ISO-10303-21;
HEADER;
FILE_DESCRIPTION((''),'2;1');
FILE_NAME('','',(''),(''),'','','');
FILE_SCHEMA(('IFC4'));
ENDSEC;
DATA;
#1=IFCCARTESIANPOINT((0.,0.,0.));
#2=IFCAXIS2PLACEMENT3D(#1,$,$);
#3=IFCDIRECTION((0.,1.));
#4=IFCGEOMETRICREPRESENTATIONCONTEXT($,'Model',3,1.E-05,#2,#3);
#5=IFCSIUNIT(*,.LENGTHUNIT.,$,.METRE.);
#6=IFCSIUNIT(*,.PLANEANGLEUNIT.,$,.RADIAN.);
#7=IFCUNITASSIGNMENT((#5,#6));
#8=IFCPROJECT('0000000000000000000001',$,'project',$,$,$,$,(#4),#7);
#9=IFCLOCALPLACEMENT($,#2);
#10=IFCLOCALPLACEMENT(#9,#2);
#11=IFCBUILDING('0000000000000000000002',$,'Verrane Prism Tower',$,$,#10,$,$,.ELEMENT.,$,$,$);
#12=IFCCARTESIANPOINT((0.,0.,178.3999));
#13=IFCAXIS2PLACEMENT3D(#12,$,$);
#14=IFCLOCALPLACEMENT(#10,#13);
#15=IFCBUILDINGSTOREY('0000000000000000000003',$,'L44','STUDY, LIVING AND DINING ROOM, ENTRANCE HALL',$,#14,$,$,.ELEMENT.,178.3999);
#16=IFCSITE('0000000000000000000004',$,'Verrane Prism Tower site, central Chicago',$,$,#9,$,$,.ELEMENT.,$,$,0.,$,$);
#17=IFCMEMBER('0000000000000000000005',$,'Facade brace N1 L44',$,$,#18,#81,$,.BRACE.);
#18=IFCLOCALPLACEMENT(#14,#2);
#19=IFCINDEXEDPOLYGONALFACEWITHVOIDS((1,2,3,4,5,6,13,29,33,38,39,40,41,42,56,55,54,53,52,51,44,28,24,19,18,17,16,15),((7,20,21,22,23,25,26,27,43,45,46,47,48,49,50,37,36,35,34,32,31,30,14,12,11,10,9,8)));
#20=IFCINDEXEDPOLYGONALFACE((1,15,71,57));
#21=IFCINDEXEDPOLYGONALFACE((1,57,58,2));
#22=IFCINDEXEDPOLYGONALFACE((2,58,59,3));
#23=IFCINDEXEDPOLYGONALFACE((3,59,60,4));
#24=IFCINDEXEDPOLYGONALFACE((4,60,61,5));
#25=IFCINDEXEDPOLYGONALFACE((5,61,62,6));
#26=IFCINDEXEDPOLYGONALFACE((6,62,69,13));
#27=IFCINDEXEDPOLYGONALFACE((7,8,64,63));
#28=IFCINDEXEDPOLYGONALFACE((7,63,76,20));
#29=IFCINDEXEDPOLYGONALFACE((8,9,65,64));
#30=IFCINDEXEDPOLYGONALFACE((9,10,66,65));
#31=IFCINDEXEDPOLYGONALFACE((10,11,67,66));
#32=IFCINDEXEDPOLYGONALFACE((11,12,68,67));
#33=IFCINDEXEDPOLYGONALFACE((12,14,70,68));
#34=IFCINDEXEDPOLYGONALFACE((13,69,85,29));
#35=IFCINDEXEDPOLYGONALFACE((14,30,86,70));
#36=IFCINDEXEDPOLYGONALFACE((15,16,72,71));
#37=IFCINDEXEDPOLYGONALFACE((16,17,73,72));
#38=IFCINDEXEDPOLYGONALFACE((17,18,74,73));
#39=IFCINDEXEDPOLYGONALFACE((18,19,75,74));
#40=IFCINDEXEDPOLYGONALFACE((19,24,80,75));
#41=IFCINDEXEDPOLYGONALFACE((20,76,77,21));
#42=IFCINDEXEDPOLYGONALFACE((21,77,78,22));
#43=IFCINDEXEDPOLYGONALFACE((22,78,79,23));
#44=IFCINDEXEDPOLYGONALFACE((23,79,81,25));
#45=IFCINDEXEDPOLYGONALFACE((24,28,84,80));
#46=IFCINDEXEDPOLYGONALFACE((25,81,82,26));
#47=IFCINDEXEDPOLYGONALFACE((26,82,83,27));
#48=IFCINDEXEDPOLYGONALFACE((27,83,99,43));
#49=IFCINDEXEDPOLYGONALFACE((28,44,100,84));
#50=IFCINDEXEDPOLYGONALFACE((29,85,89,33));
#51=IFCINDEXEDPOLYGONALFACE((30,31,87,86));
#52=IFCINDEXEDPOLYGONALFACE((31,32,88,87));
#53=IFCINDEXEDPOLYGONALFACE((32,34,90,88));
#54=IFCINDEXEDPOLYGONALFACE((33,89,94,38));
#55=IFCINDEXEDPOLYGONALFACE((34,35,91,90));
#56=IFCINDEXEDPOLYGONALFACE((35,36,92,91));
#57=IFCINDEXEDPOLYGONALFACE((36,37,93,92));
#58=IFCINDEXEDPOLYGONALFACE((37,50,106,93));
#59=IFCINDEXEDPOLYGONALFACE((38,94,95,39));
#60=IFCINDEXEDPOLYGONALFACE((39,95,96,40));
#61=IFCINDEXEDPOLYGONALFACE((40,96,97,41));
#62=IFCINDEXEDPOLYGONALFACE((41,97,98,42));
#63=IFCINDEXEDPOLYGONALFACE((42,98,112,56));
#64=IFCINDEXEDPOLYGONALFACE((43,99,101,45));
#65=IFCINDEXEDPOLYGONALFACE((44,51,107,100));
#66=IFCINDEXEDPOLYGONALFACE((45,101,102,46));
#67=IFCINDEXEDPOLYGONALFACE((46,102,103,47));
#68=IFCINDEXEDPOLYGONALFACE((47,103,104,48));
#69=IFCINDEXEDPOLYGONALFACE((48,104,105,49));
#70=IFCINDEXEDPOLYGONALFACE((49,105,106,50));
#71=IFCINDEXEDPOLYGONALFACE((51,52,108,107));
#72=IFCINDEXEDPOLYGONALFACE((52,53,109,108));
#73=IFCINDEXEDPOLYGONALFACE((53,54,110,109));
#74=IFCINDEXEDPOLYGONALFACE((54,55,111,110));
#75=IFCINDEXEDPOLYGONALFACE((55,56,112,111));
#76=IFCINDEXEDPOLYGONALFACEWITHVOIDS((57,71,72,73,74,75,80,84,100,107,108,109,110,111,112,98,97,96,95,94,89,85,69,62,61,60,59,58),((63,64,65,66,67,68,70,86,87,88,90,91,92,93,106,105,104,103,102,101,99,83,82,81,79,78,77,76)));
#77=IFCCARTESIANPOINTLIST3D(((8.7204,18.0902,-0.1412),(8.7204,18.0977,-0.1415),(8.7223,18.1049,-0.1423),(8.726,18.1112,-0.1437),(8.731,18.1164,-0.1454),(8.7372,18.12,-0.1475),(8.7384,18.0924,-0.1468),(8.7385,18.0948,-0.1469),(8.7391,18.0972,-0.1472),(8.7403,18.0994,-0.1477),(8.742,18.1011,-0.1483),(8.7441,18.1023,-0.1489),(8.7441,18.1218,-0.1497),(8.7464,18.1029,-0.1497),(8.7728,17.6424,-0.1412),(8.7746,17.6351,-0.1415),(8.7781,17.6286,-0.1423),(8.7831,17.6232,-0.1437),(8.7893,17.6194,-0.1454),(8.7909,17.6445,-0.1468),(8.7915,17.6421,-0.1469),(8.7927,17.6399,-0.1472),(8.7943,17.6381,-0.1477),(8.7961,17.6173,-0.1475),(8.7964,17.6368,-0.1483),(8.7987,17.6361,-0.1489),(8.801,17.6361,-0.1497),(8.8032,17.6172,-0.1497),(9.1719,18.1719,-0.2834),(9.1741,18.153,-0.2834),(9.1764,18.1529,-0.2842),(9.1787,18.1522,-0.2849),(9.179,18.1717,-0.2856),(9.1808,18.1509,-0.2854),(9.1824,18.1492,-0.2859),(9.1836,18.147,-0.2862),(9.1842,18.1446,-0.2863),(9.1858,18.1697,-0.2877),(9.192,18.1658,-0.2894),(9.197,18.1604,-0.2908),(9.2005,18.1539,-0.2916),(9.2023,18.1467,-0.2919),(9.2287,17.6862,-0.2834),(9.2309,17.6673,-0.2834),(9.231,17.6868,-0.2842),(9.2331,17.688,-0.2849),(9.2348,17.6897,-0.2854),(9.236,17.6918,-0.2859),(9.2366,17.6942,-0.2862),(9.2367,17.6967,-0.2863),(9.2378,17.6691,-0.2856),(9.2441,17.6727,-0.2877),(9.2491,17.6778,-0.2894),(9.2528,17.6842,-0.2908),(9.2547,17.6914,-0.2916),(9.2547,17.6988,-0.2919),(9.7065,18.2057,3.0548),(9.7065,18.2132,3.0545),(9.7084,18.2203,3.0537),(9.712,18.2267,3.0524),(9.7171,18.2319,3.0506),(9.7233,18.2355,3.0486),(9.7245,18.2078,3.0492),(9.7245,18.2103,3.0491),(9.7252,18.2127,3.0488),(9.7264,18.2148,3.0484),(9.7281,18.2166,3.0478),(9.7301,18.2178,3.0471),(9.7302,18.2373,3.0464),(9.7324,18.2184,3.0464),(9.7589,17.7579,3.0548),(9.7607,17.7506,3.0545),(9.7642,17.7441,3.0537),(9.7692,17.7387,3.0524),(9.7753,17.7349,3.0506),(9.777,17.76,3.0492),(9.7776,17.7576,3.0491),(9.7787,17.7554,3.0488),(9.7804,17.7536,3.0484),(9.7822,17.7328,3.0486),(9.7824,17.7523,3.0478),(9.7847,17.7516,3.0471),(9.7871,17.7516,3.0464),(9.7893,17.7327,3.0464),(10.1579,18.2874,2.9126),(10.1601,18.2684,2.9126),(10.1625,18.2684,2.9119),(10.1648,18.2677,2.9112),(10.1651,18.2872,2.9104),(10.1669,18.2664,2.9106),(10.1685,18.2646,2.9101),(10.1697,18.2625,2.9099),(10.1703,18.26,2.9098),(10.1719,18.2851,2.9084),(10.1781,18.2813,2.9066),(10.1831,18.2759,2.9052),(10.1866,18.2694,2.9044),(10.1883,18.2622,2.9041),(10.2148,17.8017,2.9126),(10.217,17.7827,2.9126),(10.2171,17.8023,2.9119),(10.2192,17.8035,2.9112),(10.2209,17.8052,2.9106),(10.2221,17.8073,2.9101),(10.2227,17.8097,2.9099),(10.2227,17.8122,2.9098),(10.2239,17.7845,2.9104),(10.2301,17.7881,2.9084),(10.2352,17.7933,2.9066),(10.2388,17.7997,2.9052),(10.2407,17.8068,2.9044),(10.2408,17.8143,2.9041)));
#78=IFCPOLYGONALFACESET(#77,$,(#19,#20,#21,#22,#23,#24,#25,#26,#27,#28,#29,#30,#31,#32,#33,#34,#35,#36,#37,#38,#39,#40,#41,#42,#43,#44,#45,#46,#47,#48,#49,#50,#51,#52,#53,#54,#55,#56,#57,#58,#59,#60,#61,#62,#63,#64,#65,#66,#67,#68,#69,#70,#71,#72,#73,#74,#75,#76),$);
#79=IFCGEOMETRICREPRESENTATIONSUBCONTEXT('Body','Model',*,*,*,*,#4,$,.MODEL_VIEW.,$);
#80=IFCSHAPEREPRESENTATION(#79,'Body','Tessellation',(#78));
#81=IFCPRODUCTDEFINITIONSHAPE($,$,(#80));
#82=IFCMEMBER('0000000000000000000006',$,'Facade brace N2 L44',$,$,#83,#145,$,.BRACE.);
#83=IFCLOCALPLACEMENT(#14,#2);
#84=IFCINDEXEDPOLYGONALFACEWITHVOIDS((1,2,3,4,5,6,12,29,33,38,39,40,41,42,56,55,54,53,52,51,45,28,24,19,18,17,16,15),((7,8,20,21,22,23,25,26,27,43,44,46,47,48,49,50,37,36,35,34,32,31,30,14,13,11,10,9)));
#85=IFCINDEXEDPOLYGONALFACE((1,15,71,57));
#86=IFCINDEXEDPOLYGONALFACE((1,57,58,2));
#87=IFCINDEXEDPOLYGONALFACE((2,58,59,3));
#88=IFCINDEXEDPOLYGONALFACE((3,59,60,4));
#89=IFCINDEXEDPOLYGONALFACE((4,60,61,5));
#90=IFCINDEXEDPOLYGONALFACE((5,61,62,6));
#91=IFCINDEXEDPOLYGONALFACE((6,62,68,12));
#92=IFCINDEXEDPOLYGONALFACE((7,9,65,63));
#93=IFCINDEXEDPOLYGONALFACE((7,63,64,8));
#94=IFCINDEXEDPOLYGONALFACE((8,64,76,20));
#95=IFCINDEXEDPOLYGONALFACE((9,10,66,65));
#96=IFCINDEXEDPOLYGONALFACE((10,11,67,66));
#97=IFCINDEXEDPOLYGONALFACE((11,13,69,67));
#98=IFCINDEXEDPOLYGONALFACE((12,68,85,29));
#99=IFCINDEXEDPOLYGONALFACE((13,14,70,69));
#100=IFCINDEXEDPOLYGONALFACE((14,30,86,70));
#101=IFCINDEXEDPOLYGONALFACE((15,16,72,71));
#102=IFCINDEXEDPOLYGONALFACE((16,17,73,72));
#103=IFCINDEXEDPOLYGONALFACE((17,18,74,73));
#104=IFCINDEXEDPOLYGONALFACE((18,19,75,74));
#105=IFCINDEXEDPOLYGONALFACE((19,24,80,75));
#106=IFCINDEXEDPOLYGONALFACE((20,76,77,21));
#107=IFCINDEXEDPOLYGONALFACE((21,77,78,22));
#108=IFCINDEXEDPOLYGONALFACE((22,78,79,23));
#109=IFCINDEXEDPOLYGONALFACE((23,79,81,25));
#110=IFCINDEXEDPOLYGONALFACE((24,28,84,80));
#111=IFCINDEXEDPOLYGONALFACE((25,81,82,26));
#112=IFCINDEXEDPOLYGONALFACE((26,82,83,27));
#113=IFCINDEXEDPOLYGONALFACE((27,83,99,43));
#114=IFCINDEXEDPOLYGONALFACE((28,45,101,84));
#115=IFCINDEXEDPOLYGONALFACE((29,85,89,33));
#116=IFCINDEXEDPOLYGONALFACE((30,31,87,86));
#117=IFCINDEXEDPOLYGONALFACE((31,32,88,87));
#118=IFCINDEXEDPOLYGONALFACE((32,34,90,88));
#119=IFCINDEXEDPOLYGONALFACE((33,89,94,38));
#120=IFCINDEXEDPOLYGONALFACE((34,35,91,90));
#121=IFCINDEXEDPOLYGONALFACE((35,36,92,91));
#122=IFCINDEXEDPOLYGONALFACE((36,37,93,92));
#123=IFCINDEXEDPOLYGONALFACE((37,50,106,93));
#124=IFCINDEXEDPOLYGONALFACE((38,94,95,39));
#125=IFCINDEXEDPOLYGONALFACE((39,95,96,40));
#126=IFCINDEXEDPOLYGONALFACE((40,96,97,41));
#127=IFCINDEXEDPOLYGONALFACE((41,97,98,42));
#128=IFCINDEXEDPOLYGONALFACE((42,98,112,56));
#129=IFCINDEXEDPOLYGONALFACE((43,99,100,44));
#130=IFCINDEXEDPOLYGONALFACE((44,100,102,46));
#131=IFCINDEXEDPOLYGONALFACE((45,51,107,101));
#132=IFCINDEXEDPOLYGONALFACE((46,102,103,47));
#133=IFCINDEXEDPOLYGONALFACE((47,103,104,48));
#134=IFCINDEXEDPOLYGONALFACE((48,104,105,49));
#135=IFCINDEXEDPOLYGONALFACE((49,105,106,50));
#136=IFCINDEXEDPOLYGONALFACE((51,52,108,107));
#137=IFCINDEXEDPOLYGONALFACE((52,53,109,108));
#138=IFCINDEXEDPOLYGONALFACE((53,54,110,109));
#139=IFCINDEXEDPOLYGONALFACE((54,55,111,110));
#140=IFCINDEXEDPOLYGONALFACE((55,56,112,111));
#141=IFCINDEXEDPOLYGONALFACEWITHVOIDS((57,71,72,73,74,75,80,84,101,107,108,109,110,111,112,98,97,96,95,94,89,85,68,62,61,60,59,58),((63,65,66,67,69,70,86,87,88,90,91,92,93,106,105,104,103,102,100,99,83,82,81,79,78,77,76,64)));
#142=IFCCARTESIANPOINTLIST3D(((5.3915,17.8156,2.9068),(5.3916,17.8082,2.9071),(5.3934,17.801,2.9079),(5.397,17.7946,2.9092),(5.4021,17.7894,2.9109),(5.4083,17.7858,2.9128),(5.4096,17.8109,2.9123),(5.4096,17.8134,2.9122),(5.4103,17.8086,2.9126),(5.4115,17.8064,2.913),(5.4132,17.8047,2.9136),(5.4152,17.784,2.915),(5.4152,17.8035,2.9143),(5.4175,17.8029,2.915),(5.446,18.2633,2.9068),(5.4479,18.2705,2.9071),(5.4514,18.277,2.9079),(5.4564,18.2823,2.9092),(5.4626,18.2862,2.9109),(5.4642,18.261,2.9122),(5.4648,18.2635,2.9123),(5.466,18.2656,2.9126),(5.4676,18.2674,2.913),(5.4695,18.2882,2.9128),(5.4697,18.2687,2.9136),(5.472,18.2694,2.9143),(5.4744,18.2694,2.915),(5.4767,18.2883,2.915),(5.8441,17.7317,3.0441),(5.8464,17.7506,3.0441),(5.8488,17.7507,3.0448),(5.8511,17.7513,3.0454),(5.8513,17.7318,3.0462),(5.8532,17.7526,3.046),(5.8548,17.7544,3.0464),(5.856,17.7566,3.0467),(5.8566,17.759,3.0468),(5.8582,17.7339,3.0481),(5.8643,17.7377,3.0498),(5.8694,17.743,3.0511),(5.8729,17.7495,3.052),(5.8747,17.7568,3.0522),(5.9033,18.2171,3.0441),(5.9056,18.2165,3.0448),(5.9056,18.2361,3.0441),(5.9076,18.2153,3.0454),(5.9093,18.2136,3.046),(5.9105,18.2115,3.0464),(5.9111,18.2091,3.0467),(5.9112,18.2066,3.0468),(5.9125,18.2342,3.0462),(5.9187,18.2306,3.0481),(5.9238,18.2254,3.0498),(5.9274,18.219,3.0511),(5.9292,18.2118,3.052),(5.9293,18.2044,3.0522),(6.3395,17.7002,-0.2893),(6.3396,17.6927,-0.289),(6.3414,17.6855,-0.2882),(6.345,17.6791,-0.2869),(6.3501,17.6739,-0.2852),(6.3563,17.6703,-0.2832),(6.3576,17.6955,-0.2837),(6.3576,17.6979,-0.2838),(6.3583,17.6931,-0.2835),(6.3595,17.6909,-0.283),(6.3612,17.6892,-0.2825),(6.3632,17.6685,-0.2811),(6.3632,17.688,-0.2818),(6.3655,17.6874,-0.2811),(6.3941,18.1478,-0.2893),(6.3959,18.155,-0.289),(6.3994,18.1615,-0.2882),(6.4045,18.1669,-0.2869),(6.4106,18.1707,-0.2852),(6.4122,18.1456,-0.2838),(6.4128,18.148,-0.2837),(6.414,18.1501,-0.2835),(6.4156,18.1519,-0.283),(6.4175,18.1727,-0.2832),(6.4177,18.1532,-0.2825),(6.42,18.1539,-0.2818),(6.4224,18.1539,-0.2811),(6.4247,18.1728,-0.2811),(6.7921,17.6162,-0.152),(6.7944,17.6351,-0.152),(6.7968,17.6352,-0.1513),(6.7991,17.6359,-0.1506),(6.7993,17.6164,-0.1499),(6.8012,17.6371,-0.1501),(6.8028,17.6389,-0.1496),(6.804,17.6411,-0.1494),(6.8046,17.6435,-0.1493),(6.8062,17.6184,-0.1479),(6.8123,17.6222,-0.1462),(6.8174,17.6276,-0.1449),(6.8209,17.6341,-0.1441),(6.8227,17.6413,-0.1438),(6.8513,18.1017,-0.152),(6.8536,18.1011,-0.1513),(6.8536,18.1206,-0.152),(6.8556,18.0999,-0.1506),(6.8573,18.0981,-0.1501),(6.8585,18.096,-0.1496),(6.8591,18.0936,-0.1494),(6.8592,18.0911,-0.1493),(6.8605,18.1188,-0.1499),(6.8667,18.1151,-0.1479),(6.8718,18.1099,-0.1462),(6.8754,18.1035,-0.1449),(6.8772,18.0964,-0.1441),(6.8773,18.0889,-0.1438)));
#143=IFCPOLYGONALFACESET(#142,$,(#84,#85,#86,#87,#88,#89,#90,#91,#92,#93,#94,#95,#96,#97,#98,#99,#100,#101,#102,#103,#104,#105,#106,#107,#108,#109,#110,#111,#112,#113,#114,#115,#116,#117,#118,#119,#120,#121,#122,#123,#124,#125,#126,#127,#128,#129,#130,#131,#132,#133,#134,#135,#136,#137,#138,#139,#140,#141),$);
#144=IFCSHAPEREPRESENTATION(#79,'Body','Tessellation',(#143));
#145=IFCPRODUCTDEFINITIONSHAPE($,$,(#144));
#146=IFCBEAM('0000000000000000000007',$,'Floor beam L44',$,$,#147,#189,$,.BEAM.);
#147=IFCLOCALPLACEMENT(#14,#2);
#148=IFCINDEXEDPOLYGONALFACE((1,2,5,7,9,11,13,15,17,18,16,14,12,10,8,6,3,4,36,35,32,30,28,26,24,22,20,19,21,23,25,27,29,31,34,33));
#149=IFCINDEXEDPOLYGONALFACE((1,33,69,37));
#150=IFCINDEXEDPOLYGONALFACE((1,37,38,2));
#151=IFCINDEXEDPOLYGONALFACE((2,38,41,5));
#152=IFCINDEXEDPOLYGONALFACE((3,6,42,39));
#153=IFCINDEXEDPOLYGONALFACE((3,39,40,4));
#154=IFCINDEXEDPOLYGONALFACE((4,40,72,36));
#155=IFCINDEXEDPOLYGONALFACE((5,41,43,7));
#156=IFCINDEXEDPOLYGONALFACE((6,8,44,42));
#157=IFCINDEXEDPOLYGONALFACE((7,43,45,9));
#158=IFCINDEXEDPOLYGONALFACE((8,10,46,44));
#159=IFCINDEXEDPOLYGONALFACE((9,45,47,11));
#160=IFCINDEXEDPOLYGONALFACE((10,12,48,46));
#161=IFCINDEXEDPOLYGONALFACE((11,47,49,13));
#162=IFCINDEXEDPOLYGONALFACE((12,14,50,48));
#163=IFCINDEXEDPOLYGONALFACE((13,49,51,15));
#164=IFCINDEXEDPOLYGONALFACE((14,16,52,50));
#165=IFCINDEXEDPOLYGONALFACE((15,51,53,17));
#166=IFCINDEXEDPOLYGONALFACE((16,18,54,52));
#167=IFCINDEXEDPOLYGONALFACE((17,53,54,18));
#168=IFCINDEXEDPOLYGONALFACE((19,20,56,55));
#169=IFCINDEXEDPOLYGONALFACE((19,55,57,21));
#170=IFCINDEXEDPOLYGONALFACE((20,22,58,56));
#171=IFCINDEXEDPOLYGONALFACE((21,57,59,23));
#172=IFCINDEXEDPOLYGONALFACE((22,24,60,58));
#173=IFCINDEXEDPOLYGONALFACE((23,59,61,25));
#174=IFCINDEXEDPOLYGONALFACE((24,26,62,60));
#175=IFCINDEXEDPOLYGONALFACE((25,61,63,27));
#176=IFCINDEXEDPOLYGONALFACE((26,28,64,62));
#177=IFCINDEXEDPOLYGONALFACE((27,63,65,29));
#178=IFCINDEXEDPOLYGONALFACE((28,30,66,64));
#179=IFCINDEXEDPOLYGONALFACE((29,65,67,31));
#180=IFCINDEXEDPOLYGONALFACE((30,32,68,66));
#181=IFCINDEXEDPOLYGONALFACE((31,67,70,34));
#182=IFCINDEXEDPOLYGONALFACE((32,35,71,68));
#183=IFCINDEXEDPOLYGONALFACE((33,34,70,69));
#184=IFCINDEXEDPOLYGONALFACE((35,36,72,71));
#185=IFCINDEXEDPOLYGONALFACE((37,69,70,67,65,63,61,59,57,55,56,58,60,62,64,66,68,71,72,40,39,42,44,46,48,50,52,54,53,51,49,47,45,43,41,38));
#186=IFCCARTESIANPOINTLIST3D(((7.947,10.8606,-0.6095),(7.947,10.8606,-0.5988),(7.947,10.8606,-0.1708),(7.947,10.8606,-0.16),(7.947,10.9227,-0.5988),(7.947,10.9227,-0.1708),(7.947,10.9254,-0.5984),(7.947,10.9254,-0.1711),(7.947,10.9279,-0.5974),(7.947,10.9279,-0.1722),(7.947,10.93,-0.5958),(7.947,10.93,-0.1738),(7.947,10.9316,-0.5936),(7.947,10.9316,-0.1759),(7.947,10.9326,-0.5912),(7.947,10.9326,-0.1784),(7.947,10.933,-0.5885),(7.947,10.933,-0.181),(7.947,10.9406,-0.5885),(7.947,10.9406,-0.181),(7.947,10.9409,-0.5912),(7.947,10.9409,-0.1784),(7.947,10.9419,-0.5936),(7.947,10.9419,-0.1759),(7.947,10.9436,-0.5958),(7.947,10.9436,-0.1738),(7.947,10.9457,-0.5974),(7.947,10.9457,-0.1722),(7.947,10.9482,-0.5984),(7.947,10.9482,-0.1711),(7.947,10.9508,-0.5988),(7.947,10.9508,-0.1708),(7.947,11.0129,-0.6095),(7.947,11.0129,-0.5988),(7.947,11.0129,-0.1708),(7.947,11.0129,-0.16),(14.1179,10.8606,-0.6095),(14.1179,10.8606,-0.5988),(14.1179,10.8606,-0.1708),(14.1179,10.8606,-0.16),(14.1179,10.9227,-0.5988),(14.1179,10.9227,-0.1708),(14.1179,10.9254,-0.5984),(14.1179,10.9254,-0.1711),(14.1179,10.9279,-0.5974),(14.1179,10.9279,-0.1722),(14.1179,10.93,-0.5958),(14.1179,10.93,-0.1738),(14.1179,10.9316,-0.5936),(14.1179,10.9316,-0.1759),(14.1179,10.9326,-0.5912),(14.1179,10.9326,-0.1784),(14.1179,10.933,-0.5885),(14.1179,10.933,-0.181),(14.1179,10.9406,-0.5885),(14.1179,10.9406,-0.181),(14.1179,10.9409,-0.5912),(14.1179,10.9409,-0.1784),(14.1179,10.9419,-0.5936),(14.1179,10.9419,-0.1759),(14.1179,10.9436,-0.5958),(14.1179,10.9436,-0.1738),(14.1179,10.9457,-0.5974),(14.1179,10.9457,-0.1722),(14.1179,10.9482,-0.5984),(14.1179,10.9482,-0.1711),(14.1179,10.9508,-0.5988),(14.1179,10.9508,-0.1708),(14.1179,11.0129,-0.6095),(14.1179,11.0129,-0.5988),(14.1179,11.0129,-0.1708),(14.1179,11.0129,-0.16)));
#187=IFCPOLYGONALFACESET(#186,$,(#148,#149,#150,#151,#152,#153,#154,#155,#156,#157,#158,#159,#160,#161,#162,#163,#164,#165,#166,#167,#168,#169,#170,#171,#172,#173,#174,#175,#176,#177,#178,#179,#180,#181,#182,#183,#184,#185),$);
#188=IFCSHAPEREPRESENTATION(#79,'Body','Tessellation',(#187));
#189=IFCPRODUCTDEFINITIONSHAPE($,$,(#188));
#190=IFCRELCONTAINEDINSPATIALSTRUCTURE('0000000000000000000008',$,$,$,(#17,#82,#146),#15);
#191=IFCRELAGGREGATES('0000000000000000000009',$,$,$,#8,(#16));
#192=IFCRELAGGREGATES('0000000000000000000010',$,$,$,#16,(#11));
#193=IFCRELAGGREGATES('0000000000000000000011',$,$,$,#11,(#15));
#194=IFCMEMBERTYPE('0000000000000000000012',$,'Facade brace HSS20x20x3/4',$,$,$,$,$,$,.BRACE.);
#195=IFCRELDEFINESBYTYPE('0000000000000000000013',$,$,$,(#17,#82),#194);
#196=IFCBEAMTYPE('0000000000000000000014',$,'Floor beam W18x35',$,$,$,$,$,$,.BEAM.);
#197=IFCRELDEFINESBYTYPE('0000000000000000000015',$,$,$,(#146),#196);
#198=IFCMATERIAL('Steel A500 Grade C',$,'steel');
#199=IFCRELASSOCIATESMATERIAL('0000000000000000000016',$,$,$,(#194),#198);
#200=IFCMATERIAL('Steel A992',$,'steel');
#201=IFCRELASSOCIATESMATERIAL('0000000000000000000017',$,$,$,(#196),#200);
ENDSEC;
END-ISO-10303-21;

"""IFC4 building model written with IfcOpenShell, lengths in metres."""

from ifc_helpers import new_model, si_unit, direction, frame, origin, origin_2d, place, context, subcontext, project, spatial, hollow_rectangle, i_section, extrude, material, material_profile, profile_set, type_object, element, save


model = new_model("IFC4")

# Units and contexts
model_context = context("Model", 3, precision=1e-05, world=origin(), true_north=direction((0.0, 1.0)))
body_context = subcontext(model_context, "Body", "Model", "MODEL_VIEW")
ifc_project = project(units=[si_unit("LENGTHUNIT", "METRE"), si_unit("PLANEANGLEUNIT", "RADIAN")], contexts=[model_context])

# Site, building, storey
site_placement = place(None, origin())
site = spatial("IfcSite", under=ifc_project, at=site_placement, Name="Verrane Prism Tower site, central Chicago", CompositionType="ELEMENT", RefElevation=0.0)
building_placement = place(site_placement, origin())
building = spatial("IfcBuilding", under=site, at=building_placement, Name="Verrane Prism Tower", CompositionType="ELEMENT")
storey_placement = place(building_placement, frame((0.0, 0.0, 178.3999)))
storey = spatial("IfcBuildingStorey", under=building, at=storey_placement, Name="L44", Description="STUDY, LIVING AND DINING ROOM, ENTRANCE HALL", CompositionType="ELEMENT", Elevation=178.3999)

# Members
ifc_material_1 = material(Name="Steel A500 Grade C", Category="steel")
ifc_material_profile_1 = material_profile(ifc_material_1, hollow_rectangle(XDim=0.5081, YDim=0.5081, WallThickness=0.019, InnerFilletRadius=0.0095, OuterFilletRadius=0.0286, at=origin_2d()), Name="HSS20x20x3/4")
ifc_profile_set_1 = profile_set([ifc_material_profile_1], Name="Steel A500 Grade C")
member_type_1 = type_object("IfcMemberType", Name="Facade brace HSS20x20x3/4", PredefinedType="BRACE", material=ifc_profile_set_1)
member_1_placement = place(storey_placement, frame((8.9875, 17.8945, -0.2166), z_axis=(0.294644, 0.034505, 0.954984), x_axis=(-0.116313, 0.993213, 0.0)))
element("IfcMember", 1, at=member_1_placement, inside=storey, type_object=member_type_1, Name="Facade brace N1 L44", PredefinedType="BRACE", context=body_context, shape_type="SweptSolid", body=[
    extrude(hollow_rectangle(XDim=0.5081, YDim=0.5081, WallThickness=0.019, InnerFilletRadius=0.0095, OuterFilletRadius=0.0286, at=origin_2d()), origin(), (0.0, 0.0, 1.0), 3.3467),
])
member_2_placement = place(storey_placement, frame((6.6084, 17.8945, -0.2166), z_axis=(-0.2842, 0.034619, 0.95814), x_axis=(-0.120919, -0.992662, 0.0)))
element("IfcMember", 2, at=member_2_placement, inside=storey, type_object=member_type_1, Name="Facade brace N2 L44", PredefinedType="BRACE", context=body_context, shape_type="SweptSolid", body=[
    extrude(hollow_rectangle(XDim=0.5081, YDim=0.5081, WallThickness=0.019, InnerFilletRadius=0.0095, OuterFilletRadius=0.0286, at=origin_2d()), origin(), (0.0, 0.0, 1.0), 3.3357),
])

# Beam
ifc_material_2 = material(Name="Steel A992", Category="steel")
ifc_material_profile_2 = material_profile(ifc_material_2, i_section(OverallWidth=0.1523, OverallDepth=0.4495, WebThickness=0.0076, FlangeThickness=0.0107, FilletRadius=0.0103, at=origin_2d()), Name="W18x35")
ifc_profile_set_2 = profile_set([ifc_material_profile_2], Name="Steel A992")
beam_type_1 = type_object("IfcBeamType", Name="Floor beam W18x35", PredefinedType="BEAM", material=ifc_profile_set_2)
beam_1_placement = place(storey_placement, frame((7.947, 10.9368, -0.3848), z_axis=(1.0, 0.0, 0.0), x_axis=(0.0, 1.0, 0.0)))
element("IfcBeam", 3, at=beam_1_placement, inside=storey, type_object=beam_type_1, Name="Floor beam L44", PredefinedType="BEAM", context=body_context, shape_type="SweptSolid", body=[
    extrude(i_section(OverallWidth=0.1523, OverallDepth=0.4495, WebThickness=0.0076, FlangeThickness=0.0107, FilletRadius=0.0103, at=origin_2d()), origin(), (0.0, 0.0, 1.0), 6.1709),
])

save(model, "model.ifc")
